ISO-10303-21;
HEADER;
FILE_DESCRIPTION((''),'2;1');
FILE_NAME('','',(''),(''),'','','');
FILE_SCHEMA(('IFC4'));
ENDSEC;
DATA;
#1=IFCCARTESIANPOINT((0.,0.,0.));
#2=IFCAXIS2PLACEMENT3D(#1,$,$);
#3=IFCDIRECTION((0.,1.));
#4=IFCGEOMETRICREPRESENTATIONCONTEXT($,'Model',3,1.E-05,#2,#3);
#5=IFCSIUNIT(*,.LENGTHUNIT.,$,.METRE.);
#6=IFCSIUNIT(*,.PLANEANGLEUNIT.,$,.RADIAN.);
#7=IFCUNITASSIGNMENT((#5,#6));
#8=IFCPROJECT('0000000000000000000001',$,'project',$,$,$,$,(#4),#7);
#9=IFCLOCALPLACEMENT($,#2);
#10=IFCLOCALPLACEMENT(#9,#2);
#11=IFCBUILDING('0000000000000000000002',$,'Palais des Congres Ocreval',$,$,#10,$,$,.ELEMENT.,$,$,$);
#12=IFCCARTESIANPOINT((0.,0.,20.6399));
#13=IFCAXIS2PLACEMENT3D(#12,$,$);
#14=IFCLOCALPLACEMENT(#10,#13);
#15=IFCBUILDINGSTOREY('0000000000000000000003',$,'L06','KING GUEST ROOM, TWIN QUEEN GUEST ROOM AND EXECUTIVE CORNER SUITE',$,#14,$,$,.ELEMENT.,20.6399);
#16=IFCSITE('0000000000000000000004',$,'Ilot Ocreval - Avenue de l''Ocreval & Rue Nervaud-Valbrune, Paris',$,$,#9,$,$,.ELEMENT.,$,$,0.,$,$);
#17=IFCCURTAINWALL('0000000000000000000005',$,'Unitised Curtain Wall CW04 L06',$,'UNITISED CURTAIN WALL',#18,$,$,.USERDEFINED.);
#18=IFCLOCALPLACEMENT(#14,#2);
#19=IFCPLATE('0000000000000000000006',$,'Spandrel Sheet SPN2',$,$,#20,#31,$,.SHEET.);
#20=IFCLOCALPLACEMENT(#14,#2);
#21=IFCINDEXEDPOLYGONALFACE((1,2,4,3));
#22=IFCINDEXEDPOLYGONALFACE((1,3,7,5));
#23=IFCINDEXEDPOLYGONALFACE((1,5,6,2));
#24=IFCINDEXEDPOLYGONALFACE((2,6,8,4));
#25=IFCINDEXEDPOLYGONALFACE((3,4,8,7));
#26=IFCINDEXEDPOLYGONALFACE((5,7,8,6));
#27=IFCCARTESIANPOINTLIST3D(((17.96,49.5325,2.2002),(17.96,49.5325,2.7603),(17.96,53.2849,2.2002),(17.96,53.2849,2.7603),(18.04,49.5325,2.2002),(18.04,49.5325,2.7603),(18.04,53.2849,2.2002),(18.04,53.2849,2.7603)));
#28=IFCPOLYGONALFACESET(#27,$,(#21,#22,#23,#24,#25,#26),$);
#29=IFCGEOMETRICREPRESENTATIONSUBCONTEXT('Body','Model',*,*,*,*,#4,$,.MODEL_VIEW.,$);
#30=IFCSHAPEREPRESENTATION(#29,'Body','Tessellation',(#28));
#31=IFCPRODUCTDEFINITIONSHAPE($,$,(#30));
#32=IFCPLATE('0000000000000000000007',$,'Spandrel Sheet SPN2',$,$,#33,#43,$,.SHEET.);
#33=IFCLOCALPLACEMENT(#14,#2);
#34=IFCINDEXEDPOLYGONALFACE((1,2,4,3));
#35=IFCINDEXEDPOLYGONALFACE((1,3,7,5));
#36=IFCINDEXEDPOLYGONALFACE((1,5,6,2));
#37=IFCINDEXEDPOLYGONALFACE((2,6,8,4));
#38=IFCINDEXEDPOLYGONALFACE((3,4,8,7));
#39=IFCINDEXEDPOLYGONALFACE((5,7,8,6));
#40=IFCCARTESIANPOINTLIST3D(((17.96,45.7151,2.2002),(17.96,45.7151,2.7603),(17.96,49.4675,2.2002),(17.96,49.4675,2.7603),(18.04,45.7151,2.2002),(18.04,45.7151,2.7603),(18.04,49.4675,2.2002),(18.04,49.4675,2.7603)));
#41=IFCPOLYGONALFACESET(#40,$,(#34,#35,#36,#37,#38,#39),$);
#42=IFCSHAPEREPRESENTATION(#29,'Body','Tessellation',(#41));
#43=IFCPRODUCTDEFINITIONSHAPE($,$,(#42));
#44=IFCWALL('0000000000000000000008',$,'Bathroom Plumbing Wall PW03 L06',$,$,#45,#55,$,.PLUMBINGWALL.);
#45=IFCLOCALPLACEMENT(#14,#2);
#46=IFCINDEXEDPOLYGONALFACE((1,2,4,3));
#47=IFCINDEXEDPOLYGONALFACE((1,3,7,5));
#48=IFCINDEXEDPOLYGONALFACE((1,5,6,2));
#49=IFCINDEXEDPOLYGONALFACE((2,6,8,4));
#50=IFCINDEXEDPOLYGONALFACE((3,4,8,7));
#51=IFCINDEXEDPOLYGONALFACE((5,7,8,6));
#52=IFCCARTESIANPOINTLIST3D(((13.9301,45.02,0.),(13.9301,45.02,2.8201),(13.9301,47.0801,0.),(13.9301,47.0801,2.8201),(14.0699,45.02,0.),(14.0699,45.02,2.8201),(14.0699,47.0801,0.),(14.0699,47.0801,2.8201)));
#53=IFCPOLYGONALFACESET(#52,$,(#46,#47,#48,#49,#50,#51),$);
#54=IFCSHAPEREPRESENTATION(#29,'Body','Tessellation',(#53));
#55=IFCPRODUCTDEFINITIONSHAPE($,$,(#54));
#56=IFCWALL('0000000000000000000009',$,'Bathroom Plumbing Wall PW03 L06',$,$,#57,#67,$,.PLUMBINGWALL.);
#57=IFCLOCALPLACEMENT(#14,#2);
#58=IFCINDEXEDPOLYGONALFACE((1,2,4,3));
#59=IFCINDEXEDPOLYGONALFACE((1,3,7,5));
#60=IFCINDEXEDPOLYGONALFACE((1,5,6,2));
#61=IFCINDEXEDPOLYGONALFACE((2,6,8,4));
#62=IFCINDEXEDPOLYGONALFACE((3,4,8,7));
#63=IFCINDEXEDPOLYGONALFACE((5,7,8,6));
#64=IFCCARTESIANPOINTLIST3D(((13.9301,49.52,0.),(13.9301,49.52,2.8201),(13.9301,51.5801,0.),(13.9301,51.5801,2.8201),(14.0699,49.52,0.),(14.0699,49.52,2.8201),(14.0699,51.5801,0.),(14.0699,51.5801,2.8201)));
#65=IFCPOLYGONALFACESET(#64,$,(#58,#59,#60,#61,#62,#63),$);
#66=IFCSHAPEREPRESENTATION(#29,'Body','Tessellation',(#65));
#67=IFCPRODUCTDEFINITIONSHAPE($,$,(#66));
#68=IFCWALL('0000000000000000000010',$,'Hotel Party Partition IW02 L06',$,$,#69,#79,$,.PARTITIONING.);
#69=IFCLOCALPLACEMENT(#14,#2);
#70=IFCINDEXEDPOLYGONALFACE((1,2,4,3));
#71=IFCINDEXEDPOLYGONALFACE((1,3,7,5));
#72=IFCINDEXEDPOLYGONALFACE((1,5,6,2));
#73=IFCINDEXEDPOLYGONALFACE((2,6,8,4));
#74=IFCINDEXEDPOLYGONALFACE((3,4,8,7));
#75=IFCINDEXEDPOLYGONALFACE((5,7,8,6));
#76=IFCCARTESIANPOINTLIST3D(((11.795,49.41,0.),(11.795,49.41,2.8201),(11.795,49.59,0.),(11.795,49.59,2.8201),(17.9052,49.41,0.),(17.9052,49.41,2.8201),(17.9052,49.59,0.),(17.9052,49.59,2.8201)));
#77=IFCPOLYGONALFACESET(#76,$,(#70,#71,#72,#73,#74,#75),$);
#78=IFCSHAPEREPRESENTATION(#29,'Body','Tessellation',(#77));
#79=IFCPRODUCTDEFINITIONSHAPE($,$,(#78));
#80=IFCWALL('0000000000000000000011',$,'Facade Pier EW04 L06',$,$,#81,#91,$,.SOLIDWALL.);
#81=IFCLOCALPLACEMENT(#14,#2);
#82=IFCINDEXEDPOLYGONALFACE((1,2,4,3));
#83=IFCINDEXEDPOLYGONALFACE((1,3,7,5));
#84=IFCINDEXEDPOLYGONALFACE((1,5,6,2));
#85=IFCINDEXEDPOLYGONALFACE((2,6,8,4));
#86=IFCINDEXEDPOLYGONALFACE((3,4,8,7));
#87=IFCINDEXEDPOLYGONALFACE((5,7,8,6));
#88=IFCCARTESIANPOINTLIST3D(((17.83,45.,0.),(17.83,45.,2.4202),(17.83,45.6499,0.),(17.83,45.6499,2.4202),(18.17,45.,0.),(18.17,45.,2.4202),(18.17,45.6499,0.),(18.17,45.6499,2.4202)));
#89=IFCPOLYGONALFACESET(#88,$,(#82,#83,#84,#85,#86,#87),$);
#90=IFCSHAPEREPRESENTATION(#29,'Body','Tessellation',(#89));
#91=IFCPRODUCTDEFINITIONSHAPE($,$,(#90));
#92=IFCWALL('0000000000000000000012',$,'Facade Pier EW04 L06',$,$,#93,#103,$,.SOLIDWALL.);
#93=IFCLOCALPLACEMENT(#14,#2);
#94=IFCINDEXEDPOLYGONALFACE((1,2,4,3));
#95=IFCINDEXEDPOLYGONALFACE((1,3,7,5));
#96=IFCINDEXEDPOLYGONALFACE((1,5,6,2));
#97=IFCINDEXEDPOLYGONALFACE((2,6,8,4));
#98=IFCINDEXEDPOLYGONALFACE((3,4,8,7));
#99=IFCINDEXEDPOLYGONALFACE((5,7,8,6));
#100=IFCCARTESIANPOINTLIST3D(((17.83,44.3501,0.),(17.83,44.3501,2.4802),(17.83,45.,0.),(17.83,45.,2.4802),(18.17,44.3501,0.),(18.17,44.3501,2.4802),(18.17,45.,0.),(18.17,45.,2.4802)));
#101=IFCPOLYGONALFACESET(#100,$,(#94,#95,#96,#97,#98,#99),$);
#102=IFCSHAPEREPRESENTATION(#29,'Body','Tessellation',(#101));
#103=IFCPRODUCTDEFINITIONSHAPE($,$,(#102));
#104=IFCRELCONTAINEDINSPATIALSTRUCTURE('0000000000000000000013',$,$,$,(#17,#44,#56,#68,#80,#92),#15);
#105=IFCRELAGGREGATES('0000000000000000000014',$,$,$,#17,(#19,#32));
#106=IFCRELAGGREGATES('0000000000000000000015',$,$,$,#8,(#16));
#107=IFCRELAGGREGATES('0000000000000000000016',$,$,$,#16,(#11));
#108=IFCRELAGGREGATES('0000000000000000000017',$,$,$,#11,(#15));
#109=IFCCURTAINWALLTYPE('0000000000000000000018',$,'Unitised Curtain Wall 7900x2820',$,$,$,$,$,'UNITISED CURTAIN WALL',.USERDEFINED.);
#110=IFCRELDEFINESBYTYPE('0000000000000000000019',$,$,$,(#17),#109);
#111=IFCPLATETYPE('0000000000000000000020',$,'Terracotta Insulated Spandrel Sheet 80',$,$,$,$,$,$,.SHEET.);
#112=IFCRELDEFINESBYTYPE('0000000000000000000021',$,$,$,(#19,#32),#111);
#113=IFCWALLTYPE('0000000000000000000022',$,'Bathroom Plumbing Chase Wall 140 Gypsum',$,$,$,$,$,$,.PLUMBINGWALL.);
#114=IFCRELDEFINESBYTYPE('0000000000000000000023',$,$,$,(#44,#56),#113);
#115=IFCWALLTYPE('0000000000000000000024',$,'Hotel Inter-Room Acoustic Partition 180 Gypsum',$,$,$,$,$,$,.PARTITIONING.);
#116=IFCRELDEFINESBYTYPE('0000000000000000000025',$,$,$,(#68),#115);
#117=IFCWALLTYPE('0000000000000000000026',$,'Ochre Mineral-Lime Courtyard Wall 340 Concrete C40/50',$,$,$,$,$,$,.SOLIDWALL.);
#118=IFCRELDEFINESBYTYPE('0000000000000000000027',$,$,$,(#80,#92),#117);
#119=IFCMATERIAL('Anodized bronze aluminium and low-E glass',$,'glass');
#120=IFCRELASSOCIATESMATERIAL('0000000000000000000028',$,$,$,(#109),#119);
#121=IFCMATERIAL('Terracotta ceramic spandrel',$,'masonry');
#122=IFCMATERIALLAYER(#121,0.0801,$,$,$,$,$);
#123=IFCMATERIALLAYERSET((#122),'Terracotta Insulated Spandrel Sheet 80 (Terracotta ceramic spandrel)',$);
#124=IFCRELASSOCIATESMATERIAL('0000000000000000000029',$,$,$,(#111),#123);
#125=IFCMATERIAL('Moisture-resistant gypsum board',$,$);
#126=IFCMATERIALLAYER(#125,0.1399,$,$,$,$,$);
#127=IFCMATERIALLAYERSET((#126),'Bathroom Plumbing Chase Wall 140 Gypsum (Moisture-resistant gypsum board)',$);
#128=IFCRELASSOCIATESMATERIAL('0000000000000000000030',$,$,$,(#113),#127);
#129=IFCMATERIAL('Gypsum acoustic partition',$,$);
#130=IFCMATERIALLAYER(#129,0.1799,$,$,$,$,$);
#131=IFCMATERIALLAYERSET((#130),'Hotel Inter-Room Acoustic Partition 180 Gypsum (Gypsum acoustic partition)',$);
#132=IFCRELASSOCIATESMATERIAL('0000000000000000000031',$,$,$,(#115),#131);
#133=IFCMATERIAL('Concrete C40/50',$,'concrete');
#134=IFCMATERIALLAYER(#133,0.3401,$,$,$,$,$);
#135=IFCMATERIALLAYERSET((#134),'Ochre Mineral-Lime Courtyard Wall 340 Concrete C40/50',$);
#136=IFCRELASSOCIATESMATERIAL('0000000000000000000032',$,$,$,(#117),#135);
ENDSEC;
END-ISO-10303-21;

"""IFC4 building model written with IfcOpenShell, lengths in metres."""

from ifc_helpers import new_model, si_unit, direction, frame, frame_2d, origin, origin_2d, place, context, subcontext, project, spatial, rectangle, extrude, material, layer, layer_set, type_object, element, aggregate, save


model = new_model("IFC4")

# Units and contexts
model_context = context("Model", 3, precision=1e-05, world=origin(), true_north=direction((0.0, 1.0)))
body_context = subcontext(model_context, "Body", "Model", "MODEL_VIEW")
ifc_project = project(units=[si_unit("LENGTHUNIT", "METRE"), si_unit("PLANEANGLEUNIT", "RADIAN")], contexts=[model_context])

# Site, building, storey
site_placement = place(None, origin())
site = spatial("IfcSite", under=ifc_project, at=site_placement, Name="Ilot Ocreval - Avenue de l'Ocreval & Rue Nervaud-Valbrune, Paris", CompositionType="ELEMENT", RefElevation=0.0)
building_placement = place(site_placement, origin())
building = spatial("IfcBuilding", under=site, at=building_placement, Name="Palais des Congres Ocreval", CompositionType="ELEMENT")
storey_placement = place(building_placement, frame((0.0, 0.0, 20.6399)))
storey = spatial("IfcBuildingStorey", under=building, at=storey_placement, Name="L06", Description="KING GUEST ROOM, TWIN QUEEN GUEST ROOM AND EXECUTIVE CORNER SUITE", CompositionType="ELEMENT", Elevation=20.6399)

# Shared definitions
ifc_material_1 = material(Name="Concrete C40/50", Category="concrete")

# Curtain wall
ifc_material_2 = material(Name="Anodized bronze aluminium and low-E glass", Category="glass")
curtain_wall_type = type_object("IfcCurtainWallType", Name="Unitised Curtain Wall 7900x2820", ElementType="UNITISED CURTAIN WALL", PredefinedType="USERDEFINED", material=ifc_material_2)
curtain_wall_1_placement = place(storey_placement, origin())
curtain_wall_1 = element("IfcCurtainWall", 1, at=curtain_wall_1_placement, inside=storey, type_object=curtain_wall_type, Name="Unitised Curtain Wall CW04 L06", ObjectType="UNITISED CURTAIN WALL", PredefinedType="USERDEFINED")

# Plates
ifc_material_3 = material(Name="Terracotta ceramic spandrel", Category="masonry")
ifc_layer_1 = layer(ifc_material_3, 0.0801)
ifc_layer_set_1 = layer_set([ifc_layer_1], Name="Terracotta Insulated Spandrel Sheet 80 (Terracotta ceramic spandrel)")
plate_type_1 = type_object("IfcPlateType", Name="Terracotta Insulated Spandrel Sheet 80", PredefinedType="SHEET", material=ifc_layer_set_1)
plate_1_placement = place(storey_placement, frame((18.0, 51.4087, 2.2002), z_axis=(0.0, 0.0, 1.0), x_axis=(0.0, -1.0, 0.0)))
plate_1 = element("IfcPlate", 2, at=plate_1_placement, type_object=plate_type_1, Name="Spandrel Sheet SPN2", PredefinedType="SHEET", context=body_context, shape_type="SweptSolid", body=[
    extrude(rectangle(XDim=3.7524, YDim=0.0801, at=origin_2d()), origin(), (0.0, 0.0, 1.0), 0.5601),
])
plate_2_placement = place(storey_placement, frame((18.0, 47.5913, 2.2002), z_axis=(0.0, 0.0, 1.0), x_axis=(0.0, -1.0, 0.0)))
plate_2 = element("IfcPlate", 3, at=plate_2_placement, type_object=plate_type_1, Name="Spandrel Sheet SPN2", PredefinedType="SHEET", context=body_context, shape_type="SweptSolid", body=[
    extrude(rectangle(XDim=3.7524, YDim=0.0801, at=origin_2d()), origin(), (0.0, 0.0, 1.0), 0.5601),
])
aggregate(curtain_wall_1, [plate_1, plate_2])

# Walls
ifc_material_4 = material(Name="Moisture-resistant gypsum board")
ifc_layer_2 = layer(ifc_material_4, 0.1399)
ifc_layer_set_2 = layer_set([ifc_layer_2], Name="Bathroom Plumbing Chase Wall 140 Gypsum (Moisture-resistant gypsum board)")
wall_type_1 = type_object("IfcWallType", Name="Bathroom Plumbing Chase Wall 140 Gypsum", PredefinedType="PLUMBINGWALL", material=ifc_layer_set_2)
for number, where, z_axis, x_axis, name in (
    (4, (14.0, 45.02, 0.0), (0.0, 0.0, 1.0), (0.0, 1.0, 0.0), "Bathroom Plumbing Wall PW03 L06"),
    (5, (14.0, 49.52, 0.0), (0.0, 0.0, 1.0), (0.0, 1.0, 0.0), "Bathroom Plumbing Wall PW03 L06"),
):
    element("IfcWall", number, at=place(storey_placement, frame(where, z_axis=z_axis, x_axis=x_axis)), inside=storey, type_object=wall_type_1, Name=name, PredefinedType="PLUMBINGWALL", context=body_context, shape_type="SweptSolid", body=[
        extrude(rectangle(XDim=2.0601, YDim=0.1399, at=frame_2d((1.03, 0.0))), origin(), (0.0, 0.0, 1.0), 2.8201),
    ])
ifc_material_5 = material(Name="Gypsum acoustic partition")
ifc_layer_3 = layer(ifc_material_5, 0.1799)
ifc_layer_set_3 = layer_set([ifc_layer_3], Name="Hotel Inter-Room Acoustic Partition 180 Gypsum (Gypsum acoustic partition)")
wall_type_2 = type_object("IfcWallType", Name="Hotel Inter-Room Acoustic Partition 180 Gypsum", PredefinedType="PARTITIONING", material=ifc_layer_set_3)
wall_1_placement = place(storey_placement, frame((11.7949, 49.5, 0.0), z_axis=(0.0, 0.0, 1.0), x_axis=(1.0, 0.0, 0.0)))
element("IfcWall", 6, at=wall_1_placement, inside=storey, type_object=wall_type_2, Name="Hotel Party Partition IW02 L06", PredefinedType="PARTITIONING", context=body_context, shape_type="SweptSolid", body=[
    extrude(rectangle(XDim=6.1101, YDim=0.1799, at=frame_2d((3.0552, 0.0))), origin(), (0.0, 0.0, 1.0), 2.8201),
])
ifc_layer_4 = layer(ifc_material_1, 0.3401)
ifc_layer_set_4 = layer_set([ifc_layer_4], Name="Ochre Mineral-Lime Courtyard Wall 340 Concrete C40/50")
wall_type_3 = type_object("IfcWallType", Name="Ochre Mineral-Lime Courtyard Wall 340 Concrete C40/50", PredefinedType="SOLIDWALL", material=ifc_layer_set_4)
wall_2_placement = place(storey_placement, frame((18.0, 45.6499, 0.0), z_axis=(0.0, 0.0, 1.0), x_axis=(0.0, -1.0, 0.0)))
element("IfcWall", 7, at=wall_2_placement, inside=storey, type_object=wall_type_3, Name="Facade Pier EW04 L06", PredefinedType="SOLIDWALL", context=body_context, shape_type="SweptSolid", body=[
    extrude(rectangle(XDim=0.6499, YDim=0.3401, at=frame_2d((0.325, 0.0))), origin(), (0.0, 0.0, 1.0), 2.4202),
])
wall_3_placement = place(storey_placement, frame((18.0, 45.0, 0.0), z_axis=(0.0, 0.0, 1.0), x_axis=(0.0, -1.0, 0.0)))
element("IfcWall", 8, at=wall_3_placement, inside=storey, type_object=wall_type_3, Name="Facade Pier EW04 L06", PredefinedType="SOLIDWALL", context=body_context, shape_type="SweptSolid", body=[
    extrude(rectangle(XDim=0.6499, YDim=0.3401, at=frame_2d((0.325, 0.0))), origin(), (0.0, 0.0, 1.0), 2.4802),
])

save(model, "model.ifc")
